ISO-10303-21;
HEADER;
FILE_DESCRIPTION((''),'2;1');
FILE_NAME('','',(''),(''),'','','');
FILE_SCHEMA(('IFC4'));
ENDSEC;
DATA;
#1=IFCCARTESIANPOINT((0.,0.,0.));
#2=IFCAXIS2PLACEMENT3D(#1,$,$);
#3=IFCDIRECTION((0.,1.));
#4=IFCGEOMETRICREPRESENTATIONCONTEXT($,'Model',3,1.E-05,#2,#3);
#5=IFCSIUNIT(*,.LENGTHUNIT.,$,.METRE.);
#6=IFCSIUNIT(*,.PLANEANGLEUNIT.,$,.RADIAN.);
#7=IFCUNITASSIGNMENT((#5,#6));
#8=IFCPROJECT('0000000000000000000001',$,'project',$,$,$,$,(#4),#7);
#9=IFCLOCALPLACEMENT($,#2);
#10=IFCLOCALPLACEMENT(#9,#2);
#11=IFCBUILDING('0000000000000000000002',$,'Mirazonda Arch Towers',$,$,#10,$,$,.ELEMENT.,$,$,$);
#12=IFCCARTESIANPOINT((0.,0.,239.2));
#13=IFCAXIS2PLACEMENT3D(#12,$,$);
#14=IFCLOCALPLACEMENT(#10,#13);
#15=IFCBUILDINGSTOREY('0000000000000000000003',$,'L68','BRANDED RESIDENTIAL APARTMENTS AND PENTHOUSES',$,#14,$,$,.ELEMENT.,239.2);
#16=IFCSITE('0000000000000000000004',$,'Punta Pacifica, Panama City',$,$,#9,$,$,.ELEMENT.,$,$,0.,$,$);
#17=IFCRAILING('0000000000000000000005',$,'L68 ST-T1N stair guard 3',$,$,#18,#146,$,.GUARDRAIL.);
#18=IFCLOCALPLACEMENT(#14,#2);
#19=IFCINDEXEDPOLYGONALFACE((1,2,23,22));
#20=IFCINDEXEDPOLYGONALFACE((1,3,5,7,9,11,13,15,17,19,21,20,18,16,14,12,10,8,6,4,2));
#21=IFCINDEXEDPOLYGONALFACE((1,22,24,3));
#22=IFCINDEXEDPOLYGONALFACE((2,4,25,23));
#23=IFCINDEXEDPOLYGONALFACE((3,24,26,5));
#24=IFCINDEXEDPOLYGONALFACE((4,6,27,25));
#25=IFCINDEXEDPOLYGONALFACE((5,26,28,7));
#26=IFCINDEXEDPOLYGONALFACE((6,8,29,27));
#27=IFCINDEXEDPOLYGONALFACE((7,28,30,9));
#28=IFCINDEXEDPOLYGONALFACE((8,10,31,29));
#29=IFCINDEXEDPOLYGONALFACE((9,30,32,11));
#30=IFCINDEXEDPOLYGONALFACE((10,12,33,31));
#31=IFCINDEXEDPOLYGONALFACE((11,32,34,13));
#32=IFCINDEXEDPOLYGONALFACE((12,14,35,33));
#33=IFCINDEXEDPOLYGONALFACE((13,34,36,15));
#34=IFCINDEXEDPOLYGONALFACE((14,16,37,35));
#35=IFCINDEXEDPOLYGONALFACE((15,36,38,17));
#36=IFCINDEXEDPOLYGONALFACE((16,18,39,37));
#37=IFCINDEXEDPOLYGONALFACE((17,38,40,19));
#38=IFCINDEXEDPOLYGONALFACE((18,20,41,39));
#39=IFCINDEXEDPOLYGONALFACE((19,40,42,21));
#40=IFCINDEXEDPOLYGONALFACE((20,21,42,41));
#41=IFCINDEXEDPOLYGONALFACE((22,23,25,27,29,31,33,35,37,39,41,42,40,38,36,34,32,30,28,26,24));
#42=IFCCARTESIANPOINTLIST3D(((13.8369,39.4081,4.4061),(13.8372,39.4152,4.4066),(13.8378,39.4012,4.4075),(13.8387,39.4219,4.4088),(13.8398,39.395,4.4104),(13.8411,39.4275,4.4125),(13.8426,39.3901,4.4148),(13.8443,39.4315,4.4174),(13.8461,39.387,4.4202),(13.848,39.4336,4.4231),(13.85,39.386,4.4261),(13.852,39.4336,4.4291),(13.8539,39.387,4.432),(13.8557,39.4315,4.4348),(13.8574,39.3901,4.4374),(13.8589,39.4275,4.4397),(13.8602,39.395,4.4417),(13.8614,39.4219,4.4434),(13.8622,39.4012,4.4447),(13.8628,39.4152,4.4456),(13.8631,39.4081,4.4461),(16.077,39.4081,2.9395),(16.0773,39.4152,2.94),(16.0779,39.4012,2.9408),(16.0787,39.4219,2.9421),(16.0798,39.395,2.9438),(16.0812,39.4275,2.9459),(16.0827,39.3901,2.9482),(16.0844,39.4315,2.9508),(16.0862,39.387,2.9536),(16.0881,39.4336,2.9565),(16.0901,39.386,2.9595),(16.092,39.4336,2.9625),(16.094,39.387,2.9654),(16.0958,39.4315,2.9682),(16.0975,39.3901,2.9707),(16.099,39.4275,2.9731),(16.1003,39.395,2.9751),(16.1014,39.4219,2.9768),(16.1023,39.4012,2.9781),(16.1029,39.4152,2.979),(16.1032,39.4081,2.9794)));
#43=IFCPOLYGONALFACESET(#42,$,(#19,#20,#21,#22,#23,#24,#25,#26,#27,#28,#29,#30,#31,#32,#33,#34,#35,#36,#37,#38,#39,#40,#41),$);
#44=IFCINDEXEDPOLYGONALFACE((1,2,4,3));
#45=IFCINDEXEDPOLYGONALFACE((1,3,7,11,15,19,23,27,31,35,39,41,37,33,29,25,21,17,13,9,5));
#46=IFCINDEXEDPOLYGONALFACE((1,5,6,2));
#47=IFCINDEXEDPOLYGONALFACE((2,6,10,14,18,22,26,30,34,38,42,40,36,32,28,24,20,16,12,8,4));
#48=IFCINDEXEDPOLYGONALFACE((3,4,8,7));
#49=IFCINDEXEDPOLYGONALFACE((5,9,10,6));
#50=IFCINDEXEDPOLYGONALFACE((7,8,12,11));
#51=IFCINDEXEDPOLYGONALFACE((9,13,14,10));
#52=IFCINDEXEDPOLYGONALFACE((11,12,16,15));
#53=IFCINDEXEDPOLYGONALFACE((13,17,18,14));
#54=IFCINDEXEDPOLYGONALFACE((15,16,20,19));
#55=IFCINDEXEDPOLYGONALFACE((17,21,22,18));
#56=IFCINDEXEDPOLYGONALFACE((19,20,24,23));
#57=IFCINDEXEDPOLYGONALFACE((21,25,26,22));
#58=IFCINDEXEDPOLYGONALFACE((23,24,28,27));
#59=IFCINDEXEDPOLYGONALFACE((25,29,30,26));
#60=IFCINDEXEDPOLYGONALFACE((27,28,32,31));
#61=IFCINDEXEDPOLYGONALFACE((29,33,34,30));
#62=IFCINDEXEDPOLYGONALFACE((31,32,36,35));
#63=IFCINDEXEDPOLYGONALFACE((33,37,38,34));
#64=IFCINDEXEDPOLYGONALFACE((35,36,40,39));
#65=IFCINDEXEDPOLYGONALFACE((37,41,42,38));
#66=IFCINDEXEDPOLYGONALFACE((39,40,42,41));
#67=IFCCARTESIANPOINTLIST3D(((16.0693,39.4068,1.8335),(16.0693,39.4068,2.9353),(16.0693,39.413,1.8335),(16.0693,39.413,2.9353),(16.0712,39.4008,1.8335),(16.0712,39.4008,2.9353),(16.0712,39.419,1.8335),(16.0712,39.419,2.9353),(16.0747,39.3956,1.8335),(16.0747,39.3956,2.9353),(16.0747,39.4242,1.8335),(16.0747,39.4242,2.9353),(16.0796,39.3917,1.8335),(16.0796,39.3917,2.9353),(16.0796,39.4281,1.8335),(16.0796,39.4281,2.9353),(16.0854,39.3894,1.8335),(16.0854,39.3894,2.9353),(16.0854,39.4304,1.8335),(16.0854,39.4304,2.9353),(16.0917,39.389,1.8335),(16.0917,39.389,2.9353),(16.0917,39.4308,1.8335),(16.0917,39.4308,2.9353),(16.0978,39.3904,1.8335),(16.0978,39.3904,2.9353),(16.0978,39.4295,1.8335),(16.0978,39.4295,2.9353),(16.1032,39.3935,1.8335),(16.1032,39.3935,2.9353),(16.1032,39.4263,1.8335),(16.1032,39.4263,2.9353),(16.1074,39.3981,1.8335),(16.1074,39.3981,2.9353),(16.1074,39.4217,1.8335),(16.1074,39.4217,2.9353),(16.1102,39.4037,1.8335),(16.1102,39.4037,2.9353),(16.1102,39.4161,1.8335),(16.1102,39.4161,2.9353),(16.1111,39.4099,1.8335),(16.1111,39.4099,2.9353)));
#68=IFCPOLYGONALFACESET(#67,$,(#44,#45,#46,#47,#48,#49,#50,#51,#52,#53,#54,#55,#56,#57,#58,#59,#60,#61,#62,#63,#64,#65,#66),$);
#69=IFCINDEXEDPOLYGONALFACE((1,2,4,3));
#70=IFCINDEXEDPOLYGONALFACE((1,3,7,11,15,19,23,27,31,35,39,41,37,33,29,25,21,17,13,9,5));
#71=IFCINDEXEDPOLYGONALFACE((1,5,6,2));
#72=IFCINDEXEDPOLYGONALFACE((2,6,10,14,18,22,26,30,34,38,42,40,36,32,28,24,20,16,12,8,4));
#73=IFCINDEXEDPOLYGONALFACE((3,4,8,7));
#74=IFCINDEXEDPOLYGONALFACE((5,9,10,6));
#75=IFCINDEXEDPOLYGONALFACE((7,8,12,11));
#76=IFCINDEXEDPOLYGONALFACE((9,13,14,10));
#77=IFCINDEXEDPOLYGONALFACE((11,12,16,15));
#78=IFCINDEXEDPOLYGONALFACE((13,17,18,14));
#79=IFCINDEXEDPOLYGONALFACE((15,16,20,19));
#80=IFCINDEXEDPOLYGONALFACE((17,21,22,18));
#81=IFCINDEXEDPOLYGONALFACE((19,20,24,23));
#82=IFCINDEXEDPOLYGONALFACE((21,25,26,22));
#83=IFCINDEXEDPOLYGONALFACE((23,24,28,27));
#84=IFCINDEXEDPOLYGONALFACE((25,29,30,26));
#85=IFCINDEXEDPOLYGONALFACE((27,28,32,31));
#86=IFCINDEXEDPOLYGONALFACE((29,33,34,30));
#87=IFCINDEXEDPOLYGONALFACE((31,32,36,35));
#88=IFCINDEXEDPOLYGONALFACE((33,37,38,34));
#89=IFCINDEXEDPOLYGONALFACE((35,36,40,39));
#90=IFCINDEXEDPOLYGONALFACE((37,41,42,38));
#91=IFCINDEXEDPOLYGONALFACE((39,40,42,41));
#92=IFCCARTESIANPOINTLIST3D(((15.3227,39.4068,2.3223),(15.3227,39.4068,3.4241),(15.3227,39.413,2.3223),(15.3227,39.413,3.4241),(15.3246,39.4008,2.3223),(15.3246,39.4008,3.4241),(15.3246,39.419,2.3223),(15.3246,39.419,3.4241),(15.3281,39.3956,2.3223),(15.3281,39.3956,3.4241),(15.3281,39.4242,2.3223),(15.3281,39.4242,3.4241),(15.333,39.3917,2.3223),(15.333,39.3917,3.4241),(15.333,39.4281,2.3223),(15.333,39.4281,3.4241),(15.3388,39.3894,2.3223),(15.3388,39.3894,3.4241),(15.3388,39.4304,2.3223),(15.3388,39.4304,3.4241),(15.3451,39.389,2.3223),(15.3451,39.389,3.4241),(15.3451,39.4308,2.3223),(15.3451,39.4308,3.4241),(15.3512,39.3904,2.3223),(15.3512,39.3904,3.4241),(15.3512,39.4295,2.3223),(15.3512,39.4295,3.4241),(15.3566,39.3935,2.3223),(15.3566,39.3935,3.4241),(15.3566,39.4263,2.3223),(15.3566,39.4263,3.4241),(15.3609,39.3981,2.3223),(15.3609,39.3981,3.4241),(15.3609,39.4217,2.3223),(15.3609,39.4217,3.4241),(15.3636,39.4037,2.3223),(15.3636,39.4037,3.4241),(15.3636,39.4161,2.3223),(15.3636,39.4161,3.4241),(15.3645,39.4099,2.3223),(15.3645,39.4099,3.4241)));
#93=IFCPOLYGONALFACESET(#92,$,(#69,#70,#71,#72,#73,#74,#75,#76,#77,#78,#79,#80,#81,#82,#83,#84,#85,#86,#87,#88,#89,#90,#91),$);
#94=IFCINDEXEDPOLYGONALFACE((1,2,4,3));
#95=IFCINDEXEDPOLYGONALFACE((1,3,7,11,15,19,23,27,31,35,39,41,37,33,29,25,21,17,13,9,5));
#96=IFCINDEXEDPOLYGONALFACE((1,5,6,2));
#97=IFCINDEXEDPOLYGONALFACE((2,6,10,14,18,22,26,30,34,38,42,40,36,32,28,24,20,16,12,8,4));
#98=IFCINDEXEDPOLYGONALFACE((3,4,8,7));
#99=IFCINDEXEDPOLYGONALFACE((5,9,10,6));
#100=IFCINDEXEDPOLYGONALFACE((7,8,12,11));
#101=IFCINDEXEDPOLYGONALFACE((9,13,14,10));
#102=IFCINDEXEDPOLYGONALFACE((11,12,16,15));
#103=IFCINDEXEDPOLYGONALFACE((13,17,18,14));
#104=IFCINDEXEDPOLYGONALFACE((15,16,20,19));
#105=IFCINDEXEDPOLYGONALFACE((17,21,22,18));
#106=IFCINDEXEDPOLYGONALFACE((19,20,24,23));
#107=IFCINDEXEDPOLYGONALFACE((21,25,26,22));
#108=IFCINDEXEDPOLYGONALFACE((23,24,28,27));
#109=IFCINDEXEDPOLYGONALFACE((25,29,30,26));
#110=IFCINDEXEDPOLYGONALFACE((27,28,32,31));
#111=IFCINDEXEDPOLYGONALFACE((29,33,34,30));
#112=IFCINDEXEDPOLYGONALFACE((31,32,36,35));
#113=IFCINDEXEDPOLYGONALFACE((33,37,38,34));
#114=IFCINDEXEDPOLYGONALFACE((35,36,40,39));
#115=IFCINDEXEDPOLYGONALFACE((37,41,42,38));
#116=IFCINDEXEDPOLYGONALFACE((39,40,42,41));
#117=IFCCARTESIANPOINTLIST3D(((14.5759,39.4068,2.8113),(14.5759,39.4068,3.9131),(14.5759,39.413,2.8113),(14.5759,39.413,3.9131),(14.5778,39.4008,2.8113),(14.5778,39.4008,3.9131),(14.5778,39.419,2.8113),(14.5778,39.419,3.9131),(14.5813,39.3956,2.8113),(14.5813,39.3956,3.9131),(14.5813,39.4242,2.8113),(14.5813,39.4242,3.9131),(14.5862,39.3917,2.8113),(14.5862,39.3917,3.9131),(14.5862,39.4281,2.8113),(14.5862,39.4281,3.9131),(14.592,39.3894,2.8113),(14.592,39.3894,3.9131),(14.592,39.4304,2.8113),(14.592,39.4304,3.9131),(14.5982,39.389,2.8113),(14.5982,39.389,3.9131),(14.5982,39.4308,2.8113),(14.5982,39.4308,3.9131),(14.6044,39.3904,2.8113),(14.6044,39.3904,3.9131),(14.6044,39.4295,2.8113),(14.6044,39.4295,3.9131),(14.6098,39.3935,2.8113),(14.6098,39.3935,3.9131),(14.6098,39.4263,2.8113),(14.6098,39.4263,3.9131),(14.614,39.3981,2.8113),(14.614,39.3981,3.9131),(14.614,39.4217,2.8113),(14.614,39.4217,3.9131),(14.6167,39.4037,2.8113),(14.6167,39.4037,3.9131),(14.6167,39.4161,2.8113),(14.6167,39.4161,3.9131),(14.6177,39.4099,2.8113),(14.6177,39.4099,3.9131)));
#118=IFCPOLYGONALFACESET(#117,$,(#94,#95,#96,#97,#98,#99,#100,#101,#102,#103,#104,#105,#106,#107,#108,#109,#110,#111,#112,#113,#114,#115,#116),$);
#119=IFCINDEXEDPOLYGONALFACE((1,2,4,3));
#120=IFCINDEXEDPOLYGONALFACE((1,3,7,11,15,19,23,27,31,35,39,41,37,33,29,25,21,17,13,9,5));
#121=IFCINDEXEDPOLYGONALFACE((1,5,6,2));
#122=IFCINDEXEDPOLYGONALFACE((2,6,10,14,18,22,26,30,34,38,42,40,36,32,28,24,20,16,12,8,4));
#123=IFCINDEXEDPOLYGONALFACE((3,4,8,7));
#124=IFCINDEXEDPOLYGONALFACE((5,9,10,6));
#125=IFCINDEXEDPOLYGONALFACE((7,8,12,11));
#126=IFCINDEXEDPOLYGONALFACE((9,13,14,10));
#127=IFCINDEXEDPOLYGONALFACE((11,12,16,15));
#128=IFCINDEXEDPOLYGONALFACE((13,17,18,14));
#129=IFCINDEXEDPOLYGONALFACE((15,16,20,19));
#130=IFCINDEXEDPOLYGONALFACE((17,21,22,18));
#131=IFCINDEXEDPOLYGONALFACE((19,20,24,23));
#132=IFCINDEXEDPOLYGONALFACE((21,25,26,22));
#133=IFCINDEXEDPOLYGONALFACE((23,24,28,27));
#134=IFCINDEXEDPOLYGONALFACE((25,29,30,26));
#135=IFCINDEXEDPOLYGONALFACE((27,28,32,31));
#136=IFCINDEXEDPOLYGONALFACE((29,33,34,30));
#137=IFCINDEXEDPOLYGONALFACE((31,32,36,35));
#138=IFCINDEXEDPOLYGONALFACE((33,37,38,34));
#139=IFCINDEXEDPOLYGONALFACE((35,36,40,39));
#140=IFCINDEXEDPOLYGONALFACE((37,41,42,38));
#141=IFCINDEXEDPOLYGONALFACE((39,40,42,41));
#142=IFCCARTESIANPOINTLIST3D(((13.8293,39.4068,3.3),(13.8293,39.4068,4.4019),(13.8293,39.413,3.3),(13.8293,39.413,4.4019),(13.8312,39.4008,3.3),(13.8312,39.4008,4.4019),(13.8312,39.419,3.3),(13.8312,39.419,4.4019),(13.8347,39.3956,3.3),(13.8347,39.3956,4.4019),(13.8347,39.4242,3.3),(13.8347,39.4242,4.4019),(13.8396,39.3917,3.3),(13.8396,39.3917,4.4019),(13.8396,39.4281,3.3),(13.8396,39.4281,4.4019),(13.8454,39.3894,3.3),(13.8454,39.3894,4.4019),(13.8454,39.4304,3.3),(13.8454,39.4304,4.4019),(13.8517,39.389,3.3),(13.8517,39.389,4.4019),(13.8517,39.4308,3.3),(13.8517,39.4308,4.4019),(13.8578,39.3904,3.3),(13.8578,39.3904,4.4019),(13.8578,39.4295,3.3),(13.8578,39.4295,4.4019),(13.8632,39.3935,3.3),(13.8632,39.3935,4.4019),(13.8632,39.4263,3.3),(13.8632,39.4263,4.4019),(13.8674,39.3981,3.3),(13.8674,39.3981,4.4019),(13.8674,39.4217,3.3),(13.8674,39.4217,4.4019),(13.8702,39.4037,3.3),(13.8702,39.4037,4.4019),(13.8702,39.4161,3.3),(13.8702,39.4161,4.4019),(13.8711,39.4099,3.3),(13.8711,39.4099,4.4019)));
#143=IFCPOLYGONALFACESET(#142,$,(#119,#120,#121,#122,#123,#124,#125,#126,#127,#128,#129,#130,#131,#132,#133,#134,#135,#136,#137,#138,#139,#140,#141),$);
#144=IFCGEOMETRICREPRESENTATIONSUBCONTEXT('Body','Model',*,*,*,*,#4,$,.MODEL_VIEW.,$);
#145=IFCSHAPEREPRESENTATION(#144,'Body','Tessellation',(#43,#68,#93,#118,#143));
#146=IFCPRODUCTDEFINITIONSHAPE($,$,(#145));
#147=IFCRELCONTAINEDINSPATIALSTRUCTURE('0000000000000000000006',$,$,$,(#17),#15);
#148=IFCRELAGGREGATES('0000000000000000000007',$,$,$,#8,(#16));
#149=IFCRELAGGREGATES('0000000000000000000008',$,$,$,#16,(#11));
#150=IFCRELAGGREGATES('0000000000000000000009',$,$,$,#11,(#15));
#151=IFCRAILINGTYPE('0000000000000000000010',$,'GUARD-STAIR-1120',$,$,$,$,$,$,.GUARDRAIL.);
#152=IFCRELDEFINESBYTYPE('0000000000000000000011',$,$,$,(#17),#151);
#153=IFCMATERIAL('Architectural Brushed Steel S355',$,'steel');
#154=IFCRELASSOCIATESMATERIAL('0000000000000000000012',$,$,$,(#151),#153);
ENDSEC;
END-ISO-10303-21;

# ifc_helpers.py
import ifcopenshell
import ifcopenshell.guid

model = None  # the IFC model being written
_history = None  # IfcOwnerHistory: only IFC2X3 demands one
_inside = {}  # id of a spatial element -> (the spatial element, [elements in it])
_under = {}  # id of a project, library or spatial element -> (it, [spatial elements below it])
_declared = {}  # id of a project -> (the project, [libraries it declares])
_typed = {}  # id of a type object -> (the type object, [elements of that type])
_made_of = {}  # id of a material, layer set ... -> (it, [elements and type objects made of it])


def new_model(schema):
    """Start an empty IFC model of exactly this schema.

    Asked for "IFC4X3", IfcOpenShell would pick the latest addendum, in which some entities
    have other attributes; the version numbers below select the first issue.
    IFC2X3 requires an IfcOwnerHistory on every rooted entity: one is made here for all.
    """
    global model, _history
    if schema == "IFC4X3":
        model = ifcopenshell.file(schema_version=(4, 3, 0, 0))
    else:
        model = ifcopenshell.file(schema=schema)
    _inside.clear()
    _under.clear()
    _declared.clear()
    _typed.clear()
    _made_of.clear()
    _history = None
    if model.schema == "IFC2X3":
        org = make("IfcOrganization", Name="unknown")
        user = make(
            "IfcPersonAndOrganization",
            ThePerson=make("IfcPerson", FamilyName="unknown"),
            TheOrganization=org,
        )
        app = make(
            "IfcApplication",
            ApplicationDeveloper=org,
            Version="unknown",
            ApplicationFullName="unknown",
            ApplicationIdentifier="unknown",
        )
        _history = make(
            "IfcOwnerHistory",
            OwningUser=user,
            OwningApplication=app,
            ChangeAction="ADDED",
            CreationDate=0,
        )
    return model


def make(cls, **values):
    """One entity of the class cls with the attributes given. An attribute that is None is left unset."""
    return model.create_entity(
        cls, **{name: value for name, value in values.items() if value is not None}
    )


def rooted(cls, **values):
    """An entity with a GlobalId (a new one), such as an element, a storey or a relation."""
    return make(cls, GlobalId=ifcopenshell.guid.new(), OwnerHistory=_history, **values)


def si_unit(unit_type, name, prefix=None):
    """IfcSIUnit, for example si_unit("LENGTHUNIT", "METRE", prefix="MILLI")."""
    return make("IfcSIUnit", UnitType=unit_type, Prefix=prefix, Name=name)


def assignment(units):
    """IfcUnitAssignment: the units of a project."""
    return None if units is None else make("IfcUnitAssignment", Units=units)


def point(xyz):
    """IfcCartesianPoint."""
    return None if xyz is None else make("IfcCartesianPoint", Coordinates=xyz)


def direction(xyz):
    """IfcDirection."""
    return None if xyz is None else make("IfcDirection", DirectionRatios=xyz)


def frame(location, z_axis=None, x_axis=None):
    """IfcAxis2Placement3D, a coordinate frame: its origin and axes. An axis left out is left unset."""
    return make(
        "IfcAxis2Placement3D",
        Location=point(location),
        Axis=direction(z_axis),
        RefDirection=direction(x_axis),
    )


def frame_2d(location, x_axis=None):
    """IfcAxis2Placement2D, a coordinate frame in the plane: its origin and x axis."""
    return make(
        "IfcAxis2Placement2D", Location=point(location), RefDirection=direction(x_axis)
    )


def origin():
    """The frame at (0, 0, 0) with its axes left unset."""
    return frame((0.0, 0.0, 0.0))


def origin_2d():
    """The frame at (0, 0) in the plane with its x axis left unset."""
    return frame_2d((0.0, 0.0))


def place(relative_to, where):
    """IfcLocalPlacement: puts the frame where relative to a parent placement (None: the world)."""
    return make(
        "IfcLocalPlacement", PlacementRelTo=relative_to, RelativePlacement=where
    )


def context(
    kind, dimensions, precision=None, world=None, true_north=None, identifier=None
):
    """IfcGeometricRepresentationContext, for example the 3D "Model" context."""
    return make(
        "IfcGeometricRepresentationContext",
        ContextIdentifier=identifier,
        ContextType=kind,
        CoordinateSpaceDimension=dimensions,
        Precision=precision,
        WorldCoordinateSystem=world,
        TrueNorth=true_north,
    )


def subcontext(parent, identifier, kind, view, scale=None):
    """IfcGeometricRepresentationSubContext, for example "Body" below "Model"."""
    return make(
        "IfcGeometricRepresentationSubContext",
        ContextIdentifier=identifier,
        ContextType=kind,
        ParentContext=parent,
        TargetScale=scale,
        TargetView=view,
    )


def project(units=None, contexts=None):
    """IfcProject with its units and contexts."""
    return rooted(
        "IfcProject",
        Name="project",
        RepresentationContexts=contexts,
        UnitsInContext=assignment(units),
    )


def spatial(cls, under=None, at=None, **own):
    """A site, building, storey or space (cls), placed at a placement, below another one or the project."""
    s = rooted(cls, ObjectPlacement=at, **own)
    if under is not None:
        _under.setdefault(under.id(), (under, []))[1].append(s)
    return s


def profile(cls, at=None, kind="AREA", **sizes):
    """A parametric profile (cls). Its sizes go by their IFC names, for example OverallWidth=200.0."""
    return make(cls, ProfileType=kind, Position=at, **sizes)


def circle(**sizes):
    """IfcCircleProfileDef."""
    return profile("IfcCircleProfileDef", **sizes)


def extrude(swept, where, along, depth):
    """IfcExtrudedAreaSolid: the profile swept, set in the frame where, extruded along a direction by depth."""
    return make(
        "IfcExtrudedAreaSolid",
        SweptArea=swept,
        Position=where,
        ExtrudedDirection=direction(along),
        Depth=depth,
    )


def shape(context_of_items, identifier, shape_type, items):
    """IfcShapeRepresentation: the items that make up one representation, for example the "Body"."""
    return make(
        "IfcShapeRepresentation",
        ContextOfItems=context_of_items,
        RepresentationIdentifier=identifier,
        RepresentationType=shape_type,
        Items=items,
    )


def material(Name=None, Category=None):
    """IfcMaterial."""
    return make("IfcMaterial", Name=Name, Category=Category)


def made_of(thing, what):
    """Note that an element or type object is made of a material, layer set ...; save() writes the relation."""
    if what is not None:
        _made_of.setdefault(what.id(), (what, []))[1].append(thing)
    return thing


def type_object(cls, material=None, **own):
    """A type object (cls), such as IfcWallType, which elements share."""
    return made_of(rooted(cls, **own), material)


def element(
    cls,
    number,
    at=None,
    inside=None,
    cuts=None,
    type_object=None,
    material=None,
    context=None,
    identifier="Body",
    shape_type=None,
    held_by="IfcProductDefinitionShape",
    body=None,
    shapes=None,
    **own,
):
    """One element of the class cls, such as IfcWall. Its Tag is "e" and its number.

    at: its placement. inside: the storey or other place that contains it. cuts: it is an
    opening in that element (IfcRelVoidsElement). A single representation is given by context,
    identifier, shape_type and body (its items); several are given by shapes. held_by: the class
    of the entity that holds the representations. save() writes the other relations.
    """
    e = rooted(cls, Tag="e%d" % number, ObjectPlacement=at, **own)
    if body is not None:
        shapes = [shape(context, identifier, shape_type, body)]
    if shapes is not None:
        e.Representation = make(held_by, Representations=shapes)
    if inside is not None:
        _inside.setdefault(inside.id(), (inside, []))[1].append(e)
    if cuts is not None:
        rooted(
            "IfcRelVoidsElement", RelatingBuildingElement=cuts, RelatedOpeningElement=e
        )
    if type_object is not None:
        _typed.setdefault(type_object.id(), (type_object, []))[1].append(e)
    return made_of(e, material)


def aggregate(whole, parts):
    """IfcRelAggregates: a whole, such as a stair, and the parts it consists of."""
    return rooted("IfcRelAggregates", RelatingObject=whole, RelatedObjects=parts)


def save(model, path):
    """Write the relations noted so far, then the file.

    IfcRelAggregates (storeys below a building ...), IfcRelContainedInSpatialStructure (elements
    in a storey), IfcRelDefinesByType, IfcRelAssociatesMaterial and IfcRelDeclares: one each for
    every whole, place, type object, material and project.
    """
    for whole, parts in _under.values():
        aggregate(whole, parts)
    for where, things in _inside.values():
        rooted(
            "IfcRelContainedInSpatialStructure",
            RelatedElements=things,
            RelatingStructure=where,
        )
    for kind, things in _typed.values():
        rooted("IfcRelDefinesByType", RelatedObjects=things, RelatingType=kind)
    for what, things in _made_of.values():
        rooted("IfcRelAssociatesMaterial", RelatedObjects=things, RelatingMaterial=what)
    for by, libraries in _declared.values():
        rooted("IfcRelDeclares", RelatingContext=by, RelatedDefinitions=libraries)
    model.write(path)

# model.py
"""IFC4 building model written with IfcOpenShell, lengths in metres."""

from ifc_helpers import new_model, si_unit, direction, frame, origin, origin_2d, place, context, subcontext, project, spatial, circle, extrude, material, type_object, element, save


model = new_model("IFC4")

# Units and contexts
model_context = context("Model", 3, precision=1e-05, world=origin(), true_north=direction((0.0, 1.0)))
body_context = subcontext(model_context, "Body", "Model", "MODEL_VIEW")
ifc_project = project(units=[si_unit("LENGTHUNIT", "METRE"), si_unit("PLANEANGLEUNIT", "RADIAN")], contexts=[model_context])

# Site, building, storey
site_placement = place(None, origin())
site = spatial("IfcSite", under=ifc_project, at=site_placement, Name="Punta Pacifica, Panama City", CompositionType="ELEMENT", RefElevation=0.0)
building_placement = place(site_placement, origin())
building = spatial("IfcBuilding", under=site, at=building_placement, Name="Mirazonda Arch Towers", CompositionType="ELEMENT")
storey_placement = place(building_placement, frame((0.0, 0.0, 239.2)))
storey = spatial("IfcBuildingStorey", under=building, at=storey_placement, Name="L68", Description="BRANDED RESIDENTIAL APARTMENTS AND PENTHOUSES", CompositionType="ELEMENT", Elevation=239.2)

# Railing
ifc_material_1 = material(Name="Architectural Brushed Steel S355", Category="steel")
railing_type_1 = type_object("IfcRailingType", Name="GUARD-STAIR-1120", PredefinedType="GUARDRAIL", material=ifc_material_1)
railing_1_placement = place(storey_placement, frame((16.0901, 39.4099, 1.8335)))
element("IfcRailing", 1, at=railing_1_placement, inside=storey, type_object=railing_type_1, Name="L68 ST-T1N stair guard 3", PredefinedType="GUARDRAIL", context=body_context, shape_type="SweptSolid", body=[
    extrude(circle(Radius=0.0239, at=origin_2d()), frame((0.0, 0.0, 1.126), z_axis=(-0.836637, 0.0, 0.547758), x_axis=(0.0, -1.0, 0.0)), (0.0, 0.0, 1.0), 2.6775),
    extrude(circle(Radius=0.021, at=origin_2d()), origin(), (0.0, 0.0, 1.0), 1.1018),
    extrude(circle(Radius=0.021, at=origin_2d()), frame((-0.7466, 0.0, 0.4888)), (0.0, 0.0, 1.0), 1.1018),
    extrude(circle(Radius=0.021, at=origin_2d()), frame((-1.4934, 0.0, 0.9778)), (0.0, 0.0, 1.0), 1.1018),
    extrude(circle(Radius=0.021, at=origin_2d()), frame((-2.24, 0.0, 1.4666)), (0.0, 0.0, 1.0), 1.1018),
])

save(model, "model.ifc")
